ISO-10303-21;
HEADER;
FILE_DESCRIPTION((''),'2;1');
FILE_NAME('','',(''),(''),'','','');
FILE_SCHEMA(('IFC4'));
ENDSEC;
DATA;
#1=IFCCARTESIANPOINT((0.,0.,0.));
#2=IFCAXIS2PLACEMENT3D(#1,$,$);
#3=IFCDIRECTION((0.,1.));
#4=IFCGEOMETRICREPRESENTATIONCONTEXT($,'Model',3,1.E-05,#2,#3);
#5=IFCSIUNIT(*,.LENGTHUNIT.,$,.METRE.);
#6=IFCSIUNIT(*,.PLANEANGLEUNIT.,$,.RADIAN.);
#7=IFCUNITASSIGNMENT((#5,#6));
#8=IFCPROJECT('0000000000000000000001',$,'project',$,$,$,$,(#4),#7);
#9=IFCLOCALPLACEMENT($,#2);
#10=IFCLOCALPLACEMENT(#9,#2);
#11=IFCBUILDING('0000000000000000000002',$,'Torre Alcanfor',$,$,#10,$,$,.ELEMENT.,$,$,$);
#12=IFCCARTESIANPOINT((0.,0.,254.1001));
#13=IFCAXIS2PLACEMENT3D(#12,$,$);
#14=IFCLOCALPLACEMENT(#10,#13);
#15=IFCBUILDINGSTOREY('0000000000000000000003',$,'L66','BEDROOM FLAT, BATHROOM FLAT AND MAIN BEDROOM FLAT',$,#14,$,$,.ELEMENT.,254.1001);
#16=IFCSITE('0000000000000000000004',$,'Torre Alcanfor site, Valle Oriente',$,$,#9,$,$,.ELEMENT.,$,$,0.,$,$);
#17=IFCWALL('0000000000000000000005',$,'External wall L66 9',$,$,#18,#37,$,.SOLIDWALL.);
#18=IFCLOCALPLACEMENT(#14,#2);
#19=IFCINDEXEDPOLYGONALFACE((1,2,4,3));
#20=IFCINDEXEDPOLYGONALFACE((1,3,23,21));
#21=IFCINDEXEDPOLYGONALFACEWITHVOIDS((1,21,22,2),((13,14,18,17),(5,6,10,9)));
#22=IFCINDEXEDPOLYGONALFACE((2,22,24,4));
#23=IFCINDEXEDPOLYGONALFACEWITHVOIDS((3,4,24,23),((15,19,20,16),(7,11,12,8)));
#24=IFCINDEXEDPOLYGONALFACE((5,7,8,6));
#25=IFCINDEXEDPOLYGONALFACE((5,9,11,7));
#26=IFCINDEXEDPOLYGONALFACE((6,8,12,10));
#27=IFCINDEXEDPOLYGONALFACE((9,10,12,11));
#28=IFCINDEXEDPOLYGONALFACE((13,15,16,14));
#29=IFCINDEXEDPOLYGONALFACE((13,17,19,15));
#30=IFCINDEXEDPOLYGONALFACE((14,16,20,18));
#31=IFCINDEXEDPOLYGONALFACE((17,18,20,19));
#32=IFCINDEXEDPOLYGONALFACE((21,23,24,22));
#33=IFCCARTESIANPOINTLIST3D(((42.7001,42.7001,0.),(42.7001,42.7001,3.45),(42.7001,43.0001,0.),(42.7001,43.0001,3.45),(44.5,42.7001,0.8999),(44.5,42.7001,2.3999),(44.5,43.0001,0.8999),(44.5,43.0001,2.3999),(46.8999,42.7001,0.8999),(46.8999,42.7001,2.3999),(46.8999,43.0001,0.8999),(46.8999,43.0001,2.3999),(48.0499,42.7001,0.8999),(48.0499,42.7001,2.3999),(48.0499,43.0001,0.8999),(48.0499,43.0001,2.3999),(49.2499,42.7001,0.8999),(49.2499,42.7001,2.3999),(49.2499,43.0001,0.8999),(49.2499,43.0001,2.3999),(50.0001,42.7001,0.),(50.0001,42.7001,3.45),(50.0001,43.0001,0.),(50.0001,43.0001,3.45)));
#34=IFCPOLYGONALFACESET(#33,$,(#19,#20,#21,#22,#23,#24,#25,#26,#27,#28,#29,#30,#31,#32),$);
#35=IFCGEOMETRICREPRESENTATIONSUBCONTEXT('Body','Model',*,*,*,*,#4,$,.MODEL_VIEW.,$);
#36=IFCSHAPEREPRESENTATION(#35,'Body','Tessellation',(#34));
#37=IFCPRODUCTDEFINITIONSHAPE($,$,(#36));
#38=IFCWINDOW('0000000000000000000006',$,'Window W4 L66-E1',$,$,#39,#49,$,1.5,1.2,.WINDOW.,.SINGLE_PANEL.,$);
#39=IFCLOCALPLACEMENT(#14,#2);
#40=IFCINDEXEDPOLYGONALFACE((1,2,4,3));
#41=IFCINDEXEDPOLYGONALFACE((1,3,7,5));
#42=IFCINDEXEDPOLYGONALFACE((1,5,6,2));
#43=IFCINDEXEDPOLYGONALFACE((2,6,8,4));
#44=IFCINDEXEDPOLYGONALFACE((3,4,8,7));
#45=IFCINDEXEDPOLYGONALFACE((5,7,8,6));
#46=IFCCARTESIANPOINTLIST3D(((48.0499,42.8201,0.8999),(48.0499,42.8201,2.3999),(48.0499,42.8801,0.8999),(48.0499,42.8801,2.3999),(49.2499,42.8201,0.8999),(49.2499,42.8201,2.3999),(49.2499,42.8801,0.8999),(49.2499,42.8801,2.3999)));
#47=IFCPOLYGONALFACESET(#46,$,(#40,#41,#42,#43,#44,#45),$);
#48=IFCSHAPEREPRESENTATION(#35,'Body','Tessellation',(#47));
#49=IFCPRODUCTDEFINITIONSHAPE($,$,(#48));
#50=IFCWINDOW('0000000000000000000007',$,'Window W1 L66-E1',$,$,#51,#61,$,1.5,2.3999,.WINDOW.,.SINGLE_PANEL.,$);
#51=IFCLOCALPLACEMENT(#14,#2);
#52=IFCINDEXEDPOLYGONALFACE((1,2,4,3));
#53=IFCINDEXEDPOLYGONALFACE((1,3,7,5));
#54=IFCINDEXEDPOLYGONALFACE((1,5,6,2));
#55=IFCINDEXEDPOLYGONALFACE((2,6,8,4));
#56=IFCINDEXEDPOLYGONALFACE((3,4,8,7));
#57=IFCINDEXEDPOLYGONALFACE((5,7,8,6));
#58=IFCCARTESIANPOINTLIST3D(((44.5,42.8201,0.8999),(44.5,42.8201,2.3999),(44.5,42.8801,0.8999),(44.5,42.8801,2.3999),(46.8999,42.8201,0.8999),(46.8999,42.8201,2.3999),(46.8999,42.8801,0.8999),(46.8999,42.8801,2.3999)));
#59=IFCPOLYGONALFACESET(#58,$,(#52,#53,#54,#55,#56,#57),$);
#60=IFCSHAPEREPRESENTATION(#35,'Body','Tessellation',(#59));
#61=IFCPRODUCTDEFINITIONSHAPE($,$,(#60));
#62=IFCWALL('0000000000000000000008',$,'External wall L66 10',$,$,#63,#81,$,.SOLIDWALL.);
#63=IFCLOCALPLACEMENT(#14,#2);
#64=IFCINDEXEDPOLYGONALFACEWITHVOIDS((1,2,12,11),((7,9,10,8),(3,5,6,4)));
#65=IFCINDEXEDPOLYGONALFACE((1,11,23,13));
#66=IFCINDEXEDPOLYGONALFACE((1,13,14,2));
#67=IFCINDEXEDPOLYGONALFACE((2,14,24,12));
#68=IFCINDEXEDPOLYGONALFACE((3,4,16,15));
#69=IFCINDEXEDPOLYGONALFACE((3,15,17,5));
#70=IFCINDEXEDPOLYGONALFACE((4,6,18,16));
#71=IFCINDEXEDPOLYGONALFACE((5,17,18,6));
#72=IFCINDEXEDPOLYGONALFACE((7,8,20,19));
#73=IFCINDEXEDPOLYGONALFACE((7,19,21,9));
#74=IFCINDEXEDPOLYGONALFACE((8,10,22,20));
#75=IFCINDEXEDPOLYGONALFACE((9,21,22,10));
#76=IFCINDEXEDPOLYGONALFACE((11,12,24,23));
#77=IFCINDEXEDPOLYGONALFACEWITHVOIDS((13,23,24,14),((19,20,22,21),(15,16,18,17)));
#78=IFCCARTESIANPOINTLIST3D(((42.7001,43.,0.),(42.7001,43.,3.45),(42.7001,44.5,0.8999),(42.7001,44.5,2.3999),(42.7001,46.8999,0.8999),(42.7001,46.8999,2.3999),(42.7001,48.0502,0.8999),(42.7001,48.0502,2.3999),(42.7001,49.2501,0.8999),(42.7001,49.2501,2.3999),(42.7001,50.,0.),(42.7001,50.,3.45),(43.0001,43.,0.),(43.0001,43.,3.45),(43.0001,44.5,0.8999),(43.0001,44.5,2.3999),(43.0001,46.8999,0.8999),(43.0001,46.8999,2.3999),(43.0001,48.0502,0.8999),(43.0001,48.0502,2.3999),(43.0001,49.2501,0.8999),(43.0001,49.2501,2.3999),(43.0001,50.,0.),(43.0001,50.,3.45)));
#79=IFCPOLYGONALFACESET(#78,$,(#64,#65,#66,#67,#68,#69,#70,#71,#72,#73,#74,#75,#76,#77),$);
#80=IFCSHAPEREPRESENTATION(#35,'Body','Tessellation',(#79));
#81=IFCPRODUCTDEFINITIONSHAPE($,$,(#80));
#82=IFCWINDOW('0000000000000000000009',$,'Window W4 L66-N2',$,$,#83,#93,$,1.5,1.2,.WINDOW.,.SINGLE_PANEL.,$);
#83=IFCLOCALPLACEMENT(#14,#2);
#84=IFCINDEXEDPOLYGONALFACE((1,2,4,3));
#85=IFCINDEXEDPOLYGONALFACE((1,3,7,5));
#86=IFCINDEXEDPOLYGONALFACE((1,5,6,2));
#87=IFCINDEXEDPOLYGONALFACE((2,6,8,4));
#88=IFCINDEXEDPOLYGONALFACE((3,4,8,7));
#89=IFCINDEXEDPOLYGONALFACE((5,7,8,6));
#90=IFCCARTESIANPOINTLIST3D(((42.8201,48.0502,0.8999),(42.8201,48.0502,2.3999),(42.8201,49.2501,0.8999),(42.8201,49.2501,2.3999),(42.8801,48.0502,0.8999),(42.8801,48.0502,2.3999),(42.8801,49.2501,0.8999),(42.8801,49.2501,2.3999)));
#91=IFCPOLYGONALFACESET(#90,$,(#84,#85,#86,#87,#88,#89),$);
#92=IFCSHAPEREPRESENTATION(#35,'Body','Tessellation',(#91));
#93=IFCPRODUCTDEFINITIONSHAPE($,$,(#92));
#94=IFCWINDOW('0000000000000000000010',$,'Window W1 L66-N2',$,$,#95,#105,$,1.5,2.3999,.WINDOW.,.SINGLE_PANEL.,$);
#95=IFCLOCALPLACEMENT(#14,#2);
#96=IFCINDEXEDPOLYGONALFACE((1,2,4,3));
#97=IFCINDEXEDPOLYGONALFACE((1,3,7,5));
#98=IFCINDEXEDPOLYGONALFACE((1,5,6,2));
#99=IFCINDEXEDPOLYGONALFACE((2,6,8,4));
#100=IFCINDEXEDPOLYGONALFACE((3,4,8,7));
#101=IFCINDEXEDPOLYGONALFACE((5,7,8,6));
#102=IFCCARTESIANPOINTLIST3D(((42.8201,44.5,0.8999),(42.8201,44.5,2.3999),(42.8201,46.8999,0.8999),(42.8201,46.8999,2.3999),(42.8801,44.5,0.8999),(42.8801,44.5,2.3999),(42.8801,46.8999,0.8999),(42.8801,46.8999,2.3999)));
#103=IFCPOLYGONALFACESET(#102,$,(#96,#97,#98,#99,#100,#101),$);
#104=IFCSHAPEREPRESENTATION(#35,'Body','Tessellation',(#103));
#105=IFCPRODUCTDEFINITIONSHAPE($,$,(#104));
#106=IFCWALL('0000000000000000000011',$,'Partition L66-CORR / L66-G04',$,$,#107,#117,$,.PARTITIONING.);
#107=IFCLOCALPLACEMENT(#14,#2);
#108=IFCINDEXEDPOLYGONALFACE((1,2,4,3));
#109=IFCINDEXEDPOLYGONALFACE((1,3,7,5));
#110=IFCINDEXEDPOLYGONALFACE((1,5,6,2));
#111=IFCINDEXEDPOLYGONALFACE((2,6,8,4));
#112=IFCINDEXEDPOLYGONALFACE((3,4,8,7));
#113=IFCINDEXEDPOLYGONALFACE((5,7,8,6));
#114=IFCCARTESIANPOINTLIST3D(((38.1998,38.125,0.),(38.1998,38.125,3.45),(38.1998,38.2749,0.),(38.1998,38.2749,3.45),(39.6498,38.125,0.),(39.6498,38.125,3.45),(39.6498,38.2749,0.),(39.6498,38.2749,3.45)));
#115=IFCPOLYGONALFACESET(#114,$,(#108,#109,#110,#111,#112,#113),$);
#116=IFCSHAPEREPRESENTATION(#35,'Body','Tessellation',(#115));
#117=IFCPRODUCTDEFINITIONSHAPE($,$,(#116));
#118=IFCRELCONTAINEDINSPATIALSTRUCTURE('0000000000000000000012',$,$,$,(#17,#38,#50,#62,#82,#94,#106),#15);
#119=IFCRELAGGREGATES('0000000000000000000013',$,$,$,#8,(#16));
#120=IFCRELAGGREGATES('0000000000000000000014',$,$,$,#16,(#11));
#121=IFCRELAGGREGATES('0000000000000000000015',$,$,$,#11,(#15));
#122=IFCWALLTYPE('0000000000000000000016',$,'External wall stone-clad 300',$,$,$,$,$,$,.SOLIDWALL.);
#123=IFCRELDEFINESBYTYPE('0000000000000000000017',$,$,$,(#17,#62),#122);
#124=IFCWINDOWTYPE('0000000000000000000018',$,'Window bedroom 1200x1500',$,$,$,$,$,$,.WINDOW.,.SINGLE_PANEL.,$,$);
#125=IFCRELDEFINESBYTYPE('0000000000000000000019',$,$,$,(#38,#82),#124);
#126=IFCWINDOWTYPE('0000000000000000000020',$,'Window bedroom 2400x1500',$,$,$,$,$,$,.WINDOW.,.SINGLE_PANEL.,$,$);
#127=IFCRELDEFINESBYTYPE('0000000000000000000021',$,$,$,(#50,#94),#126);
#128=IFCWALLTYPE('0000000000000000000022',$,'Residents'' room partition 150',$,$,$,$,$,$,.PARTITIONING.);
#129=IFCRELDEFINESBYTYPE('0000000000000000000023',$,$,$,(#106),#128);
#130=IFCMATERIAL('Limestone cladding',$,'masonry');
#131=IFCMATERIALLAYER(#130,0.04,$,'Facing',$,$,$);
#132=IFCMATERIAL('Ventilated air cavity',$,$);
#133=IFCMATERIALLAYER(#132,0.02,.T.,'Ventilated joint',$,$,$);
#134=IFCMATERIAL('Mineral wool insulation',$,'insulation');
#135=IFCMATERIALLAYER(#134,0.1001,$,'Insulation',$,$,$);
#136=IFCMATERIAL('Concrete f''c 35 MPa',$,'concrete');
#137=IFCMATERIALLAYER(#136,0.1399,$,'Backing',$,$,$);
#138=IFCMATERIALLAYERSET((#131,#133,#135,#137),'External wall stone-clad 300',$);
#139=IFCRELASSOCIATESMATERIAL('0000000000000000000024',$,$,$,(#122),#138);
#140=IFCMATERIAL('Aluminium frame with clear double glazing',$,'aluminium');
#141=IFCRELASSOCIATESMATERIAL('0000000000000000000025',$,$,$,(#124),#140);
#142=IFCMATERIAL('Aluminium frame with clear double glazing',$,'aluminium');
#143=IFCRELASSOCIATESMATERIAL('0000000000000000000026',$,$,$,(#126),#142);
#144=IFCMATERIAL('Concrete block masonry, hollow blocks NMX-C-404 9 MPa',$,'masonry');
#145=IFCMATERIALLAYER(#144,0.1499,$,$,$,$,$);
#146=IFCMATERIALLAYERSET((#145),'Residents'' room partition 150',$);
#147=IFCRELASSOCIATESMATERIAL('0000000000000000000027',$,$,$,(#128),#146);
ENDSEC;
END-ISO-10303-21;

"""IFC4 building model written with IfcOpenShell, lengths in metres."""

from ifc_helpers import new_model, si_unit, direction, frame, frame_2d, origin, place, context, subcontext, project, spatial, rectangle, extrude, material, layer, layer_set, type_object, element, fill, save


model = new_model("IFC4")

# Units and contexts
model_context = context("Model", 3, precision=1e-05, world=origin(), true_north=direction((0.0, 1.0)))
body_context = subcontext(model_context, "Body", "Model", "MODEL_VIEW")
ifc_project = project(units=[si_unit("LENGTHUNIT", "METRE"), si_unit("PLANEANGLEUNIT", "RADIAN")], contexts=[model_context])

# Site, building, storey
site_placement = place(None, origin())
site = spatial("IfcSite", under=ifc_project, at=site_placement, Name="Torre Alcanfor site, Valle Oriente", CompositionType="ELEMENT", RefElevation=0.0)
building_placement = place(site_placement, origin())
building = spatial("IfcBuilding", under=site, at=building_placement, Name="Torre Alcanfor", CompositionType="ELEMENT")
storey_placement = place(building_placement, frame((0.0, 0.0, 254.1001)))
storey = spatial("IfcBuildingStorey", under=building, at=storey_placement, Name="L66", Description="BEDROOM FLAT, BATHROOM FLAT AND MAIN BEDROOM FLAT", CompositionType="ELEMENT", Elevation=254.1001)

# Walls, openings, windows
ifc_material_1 = material(Name="Limestone cladding", Category="masonry")
ifc_layer_1 = layer(ifc_material_1, 0.04, Name="Facing")
ifc_material_2 = material(Name="Ventilated air cavity")
ifc_layer_2 = layer(ifc_material_2, 0.02, ventilated=True, Name="Ventilated joint")
ifc_material_3 = material(Name="Mineral wool insulation", Category="insulation")
ifc_layer_3 = layer(ifc_material_3, 0.1001, Name="Insulation")
ifc_material_4 = material(Name="Concrete f'c 35 MPa", Category="concrete")
ifc_layer_4 = layer(ifc_material_4, 0.1399, Name="Backing")
ifc_layer_set_1 = layer_set([ifc_layer_1, ifc_layer_2, ifc_layer_3, ifc_layer_4], Name="External wall stone-clad 300")
wall_type_1 = type_object("IfcWallType", Name="External wall stone-clad 300", PredefinedType="SOLIDWALL", material=ifc_layer_set_1)
wall_1_placement = place(storey_placement, frame((50.0, 42.8501, 0.0), z_axis=(0.0, 0.0, 1.0), x_axis=(-1.0, 0.0, 0.0)))
wall_1 = element("IfcWall", 1, at=wall_1_placement, inside=storey, type_object=wall_type_1, Name="External wall L66 9", PredefinedType="SOLIDWALL", context=body_context, shape_type="SweptSolid", body=[
    extrude(rectangle(XDim=7.3, YDim=0.3, at=frame_2d((3.6499, 0.0))), origin(), (0.0, 0.0, 1.0), 3.45),
])
opening_1_placement = place(wall_1_placement, frame((3.1001, 0.0, 0.8999)))
opening_1 = element("IfcOpeningElement", 2, at=opening_1_placement, cuts=wall_1, PredefinedType="OPENING", context=body_context, shape_type="SweptSolid", body=[
    extrude(rectangle(XDim=2.3999, YDim=1.5, at=frame_2d((1.2, 0.75))), frame((0.0, 0.1599, 0.0), z_axis=(0.0, -1.0, 0.0), x_axis=(1.0, 0.0, 0.0)), (0.0, 0.0, 1.0), 0.3201),
])
opening_2_placement = place(wall_1_placement, frame((0.75, 0.0, 0.8999)))
opening_2 = element("IfcOpeningElement", 3, at=opening_2_placement, cuts=wall_1, PredefinedType="OPENING", context=body_context, shape_type="SweptSolid", body=[
    extrude(rectangle(XDim=1.2, YDim=1.5, at=frame_2d((0.6001, 0.75))), frame((0.0, 0.1599, 0.0), z_axis=(0.0, -1.0, 0.0), x_axis=(1.0, 0.0, 0.0)), (0.0, 0.0, 1.0), 0.3201),
])
ifc_material_5 = material(Name="Aluminium frame with clear double glazing", Category="aluminium")
window_type_1 = type_object("IfcWindowType", Name="Window bedroom 1200x1500", PartitioningType="SINGLE_PANEL", PredefinedType="WINDOW", material=ifc_material_5)
window_1_placement = place(opening_2_placement, origin())
window_1 = element("IfcWindow", 4, at=window_1_placement, inside=storey, type_object=window_type_1, Name="Window W4 L66-E1", OverallHeight=1.5, OverallWidth=1.2, PartitioningType="SINGLE_PANEL", PredefinedType="WINDOW", context=body_context, shape_type="SweptSolid", body=[
    extrude(rectangle(XDim=1.2, YDim=1.5, at=frame_2d((0.6001, 0.75))), frame((0.0, 0.03, 0.0), z_axis=(0.0, -1.0, 0.0), x_axis=(1.0, 0.0, 0.0)), (0.0, 0.0, 1.0), 0.0601),
])
fill(opening_2, window_1)
ifc_material_6 = material(Name="Aluminium frame with clear double glazing", Category="aluminium")
window_type_2 = type_object("IfcWindowType", Name="Window bedroom 2400x1500", PartitioningType="SINGLE_PANEL", PredefinedType="WINDOW", material=ifc_material_6)
window_2_placement = place(opening_1_placement, origin())
window_2 = element("IfcWindow", 5, at=window_2_placement, inside=storey, type_object=window_type_2, Name="Window W1 L66-E1", OverallHeight=1.5, OverallWidth=2.3999, PartitioningType="SINGLE_PANEL", PredefinedType="WINDOW", context=body_context, shape_type="SweptSolid", body=[
    extrude(rectangle(XDim=2.3999, YDim=1.5, at=frame_2d((1.2, 0.75))), frame((0.0, 0.03, 0.0), z_axis=(0.0, -1.0, 0.0), x_axis=(1.0, 0.0, 0.0)), (0.0, 0.0, 1.0), 0.0601),
])
fill(opening_1, window_2)
wall_2_placement = place(storey_placement, frame((42.8501, 43.0, 0.0), z_axis=(0.0, 0.0, 1.0), x_axis=(0.0, 1.0, 0.0)))
wall_2 = element("IfcWall", 6, at=wall_2_placement, inside=storey, type_object=wall_type_1, Name="External wall L66 10", PredefinedType="SOLIDWALL", context=body_context, shape_type="SweptSolid", body=[
    extrude(rectangle(XDim=7.0, YDim=0.3, at=frame_2d((3.5, 0.0))), origin(), (0.0, 0.0, 1.0), 3.45),
])
opening_3_placement = place(wall_2_placement, frame((1.5, 0.0, 0.8999)))
opening_3 = element("IfcOpeningElement", 7, at=opening_3_placement, cuts=wall_2, PredefinedType="OPENING", context=body_context, shape_type="SweptSolid", body=[
    extrude(rectangle(XDim=2.3999, YDim=1.5, at=frame_2d((1.2, 0.75))), frame((0.0, 0.1599, 0.0), z_axis=(0.0, -1.0, 0.0), x_axis=(1.0, 0.0, 0.0)), (0.0, 0.0, 1.0), 0.3201),
])
opening_4_placement = place(wall_2_placement, frame((5.05, 0.0, 0.8999)))
opening_4 = element("IfcOpeningElement", 8, at=opening_4_placement, cuts=wall_2, PredefinedType="OPENING", context=body_context, shape_type="SweptSolid", body=[
    extrude(rectangle(XDim=1.2, YDim=1.5, at=frame_2d((0.6001, 0.75))), frame((0.0, 0.1599, 0.0), z_axis=(0.0, -1.0, 0.0), x_axis=(1.0, 0.0, 0.0)), (0.0, 0.0, 1.0), 0.3201),
])
window_3_placement = place(opening_4_placement, origin())
window_3 = element("IfcWindow", 9, at=window_3_placement, inside=storey, type_object=window_type_1, Name="Window W4 L66-N2", OverallHeight=1.5, OverallWidth=1.2, PartitioningType="SINGLE_PANEL", PredefinedType="WINDOW", context=body_context, shape_type="SweptSolid", body=[
    extrude(rectangle(XDim=1.2, YDim=1.5, at=frame_2d((0.6001, 0.75))), frame((0.0, 0.03, 0.0), z_axis=(0.0, -1.0, 0.0), x_axis=(1.0, 0.0, 0.0)), (0.0, 0.0, 1.0), 0.0601),
])
fill(opening_4, window_3)
window_4_placement = place(opening_3_placement, origin())
window_4 = element("IfcWindow", 10, at=window_4_placement, inside=storey, type_object=window_type_2, Name="Window W1 L66-N2", OverallHeight=1.5, OverallWidth=2.3999, PartitioningType="SINGLE_PANEL", PredefinedType="WINDOW", context=body_context, shape_type="SweptSolid", body=[
    extrude(rectangle(XDim=2.3999, YDim=1.5, at=frame_2d((1.2, 0.75))), frame((0.0, 0.03, 0.0), z_axis=(0.0, -1.0, 0.0), x_axis=(1.0, 0.0, 0.0)), (0.0, 0.0, 1.0), 0.0601),
])
fill(opening_3, window_4)

# Wall
ifc_material_7 = material(Name="Concrete block masonry, hollow blocks NMX-C-404 9 MPa", Category="masonry")
ifc_layer_5 = layer(ifc_material_7, 0.1499)
ifc_layer_set_2 = layer_set([ifc_layer_5], Name="Residents' room partition 150")
wall_type_2 = type_object("IfcWallType", Name="Residents' room partition 150", PredefinedType="PARTITIONING", material=ifc_layer_set_2)
wall_3_placement = place(storey_placement, frame((39.6499, 38.2, 0.0), z_axis=(0.0, 0.0, 1.0), x_axis=(-1.0, 0.0, 0.0)))
element("IfcWall", 11, at=wall_3_placement, inside=storey, type_object=wall_type_2, Name="Partition L66-CORR / L66-G04", PredefinedType="PARTITIONING", context=body_context, shape_type="SweptSolid", body=[
    extrude(rectangle(XDim=1.45, YDim=0.1499, at=frame_2d((0.7251, 0.0))), origin(), (0.0, 0.0, 1.0), 3.45),
])

save(model, "model.ifc")
